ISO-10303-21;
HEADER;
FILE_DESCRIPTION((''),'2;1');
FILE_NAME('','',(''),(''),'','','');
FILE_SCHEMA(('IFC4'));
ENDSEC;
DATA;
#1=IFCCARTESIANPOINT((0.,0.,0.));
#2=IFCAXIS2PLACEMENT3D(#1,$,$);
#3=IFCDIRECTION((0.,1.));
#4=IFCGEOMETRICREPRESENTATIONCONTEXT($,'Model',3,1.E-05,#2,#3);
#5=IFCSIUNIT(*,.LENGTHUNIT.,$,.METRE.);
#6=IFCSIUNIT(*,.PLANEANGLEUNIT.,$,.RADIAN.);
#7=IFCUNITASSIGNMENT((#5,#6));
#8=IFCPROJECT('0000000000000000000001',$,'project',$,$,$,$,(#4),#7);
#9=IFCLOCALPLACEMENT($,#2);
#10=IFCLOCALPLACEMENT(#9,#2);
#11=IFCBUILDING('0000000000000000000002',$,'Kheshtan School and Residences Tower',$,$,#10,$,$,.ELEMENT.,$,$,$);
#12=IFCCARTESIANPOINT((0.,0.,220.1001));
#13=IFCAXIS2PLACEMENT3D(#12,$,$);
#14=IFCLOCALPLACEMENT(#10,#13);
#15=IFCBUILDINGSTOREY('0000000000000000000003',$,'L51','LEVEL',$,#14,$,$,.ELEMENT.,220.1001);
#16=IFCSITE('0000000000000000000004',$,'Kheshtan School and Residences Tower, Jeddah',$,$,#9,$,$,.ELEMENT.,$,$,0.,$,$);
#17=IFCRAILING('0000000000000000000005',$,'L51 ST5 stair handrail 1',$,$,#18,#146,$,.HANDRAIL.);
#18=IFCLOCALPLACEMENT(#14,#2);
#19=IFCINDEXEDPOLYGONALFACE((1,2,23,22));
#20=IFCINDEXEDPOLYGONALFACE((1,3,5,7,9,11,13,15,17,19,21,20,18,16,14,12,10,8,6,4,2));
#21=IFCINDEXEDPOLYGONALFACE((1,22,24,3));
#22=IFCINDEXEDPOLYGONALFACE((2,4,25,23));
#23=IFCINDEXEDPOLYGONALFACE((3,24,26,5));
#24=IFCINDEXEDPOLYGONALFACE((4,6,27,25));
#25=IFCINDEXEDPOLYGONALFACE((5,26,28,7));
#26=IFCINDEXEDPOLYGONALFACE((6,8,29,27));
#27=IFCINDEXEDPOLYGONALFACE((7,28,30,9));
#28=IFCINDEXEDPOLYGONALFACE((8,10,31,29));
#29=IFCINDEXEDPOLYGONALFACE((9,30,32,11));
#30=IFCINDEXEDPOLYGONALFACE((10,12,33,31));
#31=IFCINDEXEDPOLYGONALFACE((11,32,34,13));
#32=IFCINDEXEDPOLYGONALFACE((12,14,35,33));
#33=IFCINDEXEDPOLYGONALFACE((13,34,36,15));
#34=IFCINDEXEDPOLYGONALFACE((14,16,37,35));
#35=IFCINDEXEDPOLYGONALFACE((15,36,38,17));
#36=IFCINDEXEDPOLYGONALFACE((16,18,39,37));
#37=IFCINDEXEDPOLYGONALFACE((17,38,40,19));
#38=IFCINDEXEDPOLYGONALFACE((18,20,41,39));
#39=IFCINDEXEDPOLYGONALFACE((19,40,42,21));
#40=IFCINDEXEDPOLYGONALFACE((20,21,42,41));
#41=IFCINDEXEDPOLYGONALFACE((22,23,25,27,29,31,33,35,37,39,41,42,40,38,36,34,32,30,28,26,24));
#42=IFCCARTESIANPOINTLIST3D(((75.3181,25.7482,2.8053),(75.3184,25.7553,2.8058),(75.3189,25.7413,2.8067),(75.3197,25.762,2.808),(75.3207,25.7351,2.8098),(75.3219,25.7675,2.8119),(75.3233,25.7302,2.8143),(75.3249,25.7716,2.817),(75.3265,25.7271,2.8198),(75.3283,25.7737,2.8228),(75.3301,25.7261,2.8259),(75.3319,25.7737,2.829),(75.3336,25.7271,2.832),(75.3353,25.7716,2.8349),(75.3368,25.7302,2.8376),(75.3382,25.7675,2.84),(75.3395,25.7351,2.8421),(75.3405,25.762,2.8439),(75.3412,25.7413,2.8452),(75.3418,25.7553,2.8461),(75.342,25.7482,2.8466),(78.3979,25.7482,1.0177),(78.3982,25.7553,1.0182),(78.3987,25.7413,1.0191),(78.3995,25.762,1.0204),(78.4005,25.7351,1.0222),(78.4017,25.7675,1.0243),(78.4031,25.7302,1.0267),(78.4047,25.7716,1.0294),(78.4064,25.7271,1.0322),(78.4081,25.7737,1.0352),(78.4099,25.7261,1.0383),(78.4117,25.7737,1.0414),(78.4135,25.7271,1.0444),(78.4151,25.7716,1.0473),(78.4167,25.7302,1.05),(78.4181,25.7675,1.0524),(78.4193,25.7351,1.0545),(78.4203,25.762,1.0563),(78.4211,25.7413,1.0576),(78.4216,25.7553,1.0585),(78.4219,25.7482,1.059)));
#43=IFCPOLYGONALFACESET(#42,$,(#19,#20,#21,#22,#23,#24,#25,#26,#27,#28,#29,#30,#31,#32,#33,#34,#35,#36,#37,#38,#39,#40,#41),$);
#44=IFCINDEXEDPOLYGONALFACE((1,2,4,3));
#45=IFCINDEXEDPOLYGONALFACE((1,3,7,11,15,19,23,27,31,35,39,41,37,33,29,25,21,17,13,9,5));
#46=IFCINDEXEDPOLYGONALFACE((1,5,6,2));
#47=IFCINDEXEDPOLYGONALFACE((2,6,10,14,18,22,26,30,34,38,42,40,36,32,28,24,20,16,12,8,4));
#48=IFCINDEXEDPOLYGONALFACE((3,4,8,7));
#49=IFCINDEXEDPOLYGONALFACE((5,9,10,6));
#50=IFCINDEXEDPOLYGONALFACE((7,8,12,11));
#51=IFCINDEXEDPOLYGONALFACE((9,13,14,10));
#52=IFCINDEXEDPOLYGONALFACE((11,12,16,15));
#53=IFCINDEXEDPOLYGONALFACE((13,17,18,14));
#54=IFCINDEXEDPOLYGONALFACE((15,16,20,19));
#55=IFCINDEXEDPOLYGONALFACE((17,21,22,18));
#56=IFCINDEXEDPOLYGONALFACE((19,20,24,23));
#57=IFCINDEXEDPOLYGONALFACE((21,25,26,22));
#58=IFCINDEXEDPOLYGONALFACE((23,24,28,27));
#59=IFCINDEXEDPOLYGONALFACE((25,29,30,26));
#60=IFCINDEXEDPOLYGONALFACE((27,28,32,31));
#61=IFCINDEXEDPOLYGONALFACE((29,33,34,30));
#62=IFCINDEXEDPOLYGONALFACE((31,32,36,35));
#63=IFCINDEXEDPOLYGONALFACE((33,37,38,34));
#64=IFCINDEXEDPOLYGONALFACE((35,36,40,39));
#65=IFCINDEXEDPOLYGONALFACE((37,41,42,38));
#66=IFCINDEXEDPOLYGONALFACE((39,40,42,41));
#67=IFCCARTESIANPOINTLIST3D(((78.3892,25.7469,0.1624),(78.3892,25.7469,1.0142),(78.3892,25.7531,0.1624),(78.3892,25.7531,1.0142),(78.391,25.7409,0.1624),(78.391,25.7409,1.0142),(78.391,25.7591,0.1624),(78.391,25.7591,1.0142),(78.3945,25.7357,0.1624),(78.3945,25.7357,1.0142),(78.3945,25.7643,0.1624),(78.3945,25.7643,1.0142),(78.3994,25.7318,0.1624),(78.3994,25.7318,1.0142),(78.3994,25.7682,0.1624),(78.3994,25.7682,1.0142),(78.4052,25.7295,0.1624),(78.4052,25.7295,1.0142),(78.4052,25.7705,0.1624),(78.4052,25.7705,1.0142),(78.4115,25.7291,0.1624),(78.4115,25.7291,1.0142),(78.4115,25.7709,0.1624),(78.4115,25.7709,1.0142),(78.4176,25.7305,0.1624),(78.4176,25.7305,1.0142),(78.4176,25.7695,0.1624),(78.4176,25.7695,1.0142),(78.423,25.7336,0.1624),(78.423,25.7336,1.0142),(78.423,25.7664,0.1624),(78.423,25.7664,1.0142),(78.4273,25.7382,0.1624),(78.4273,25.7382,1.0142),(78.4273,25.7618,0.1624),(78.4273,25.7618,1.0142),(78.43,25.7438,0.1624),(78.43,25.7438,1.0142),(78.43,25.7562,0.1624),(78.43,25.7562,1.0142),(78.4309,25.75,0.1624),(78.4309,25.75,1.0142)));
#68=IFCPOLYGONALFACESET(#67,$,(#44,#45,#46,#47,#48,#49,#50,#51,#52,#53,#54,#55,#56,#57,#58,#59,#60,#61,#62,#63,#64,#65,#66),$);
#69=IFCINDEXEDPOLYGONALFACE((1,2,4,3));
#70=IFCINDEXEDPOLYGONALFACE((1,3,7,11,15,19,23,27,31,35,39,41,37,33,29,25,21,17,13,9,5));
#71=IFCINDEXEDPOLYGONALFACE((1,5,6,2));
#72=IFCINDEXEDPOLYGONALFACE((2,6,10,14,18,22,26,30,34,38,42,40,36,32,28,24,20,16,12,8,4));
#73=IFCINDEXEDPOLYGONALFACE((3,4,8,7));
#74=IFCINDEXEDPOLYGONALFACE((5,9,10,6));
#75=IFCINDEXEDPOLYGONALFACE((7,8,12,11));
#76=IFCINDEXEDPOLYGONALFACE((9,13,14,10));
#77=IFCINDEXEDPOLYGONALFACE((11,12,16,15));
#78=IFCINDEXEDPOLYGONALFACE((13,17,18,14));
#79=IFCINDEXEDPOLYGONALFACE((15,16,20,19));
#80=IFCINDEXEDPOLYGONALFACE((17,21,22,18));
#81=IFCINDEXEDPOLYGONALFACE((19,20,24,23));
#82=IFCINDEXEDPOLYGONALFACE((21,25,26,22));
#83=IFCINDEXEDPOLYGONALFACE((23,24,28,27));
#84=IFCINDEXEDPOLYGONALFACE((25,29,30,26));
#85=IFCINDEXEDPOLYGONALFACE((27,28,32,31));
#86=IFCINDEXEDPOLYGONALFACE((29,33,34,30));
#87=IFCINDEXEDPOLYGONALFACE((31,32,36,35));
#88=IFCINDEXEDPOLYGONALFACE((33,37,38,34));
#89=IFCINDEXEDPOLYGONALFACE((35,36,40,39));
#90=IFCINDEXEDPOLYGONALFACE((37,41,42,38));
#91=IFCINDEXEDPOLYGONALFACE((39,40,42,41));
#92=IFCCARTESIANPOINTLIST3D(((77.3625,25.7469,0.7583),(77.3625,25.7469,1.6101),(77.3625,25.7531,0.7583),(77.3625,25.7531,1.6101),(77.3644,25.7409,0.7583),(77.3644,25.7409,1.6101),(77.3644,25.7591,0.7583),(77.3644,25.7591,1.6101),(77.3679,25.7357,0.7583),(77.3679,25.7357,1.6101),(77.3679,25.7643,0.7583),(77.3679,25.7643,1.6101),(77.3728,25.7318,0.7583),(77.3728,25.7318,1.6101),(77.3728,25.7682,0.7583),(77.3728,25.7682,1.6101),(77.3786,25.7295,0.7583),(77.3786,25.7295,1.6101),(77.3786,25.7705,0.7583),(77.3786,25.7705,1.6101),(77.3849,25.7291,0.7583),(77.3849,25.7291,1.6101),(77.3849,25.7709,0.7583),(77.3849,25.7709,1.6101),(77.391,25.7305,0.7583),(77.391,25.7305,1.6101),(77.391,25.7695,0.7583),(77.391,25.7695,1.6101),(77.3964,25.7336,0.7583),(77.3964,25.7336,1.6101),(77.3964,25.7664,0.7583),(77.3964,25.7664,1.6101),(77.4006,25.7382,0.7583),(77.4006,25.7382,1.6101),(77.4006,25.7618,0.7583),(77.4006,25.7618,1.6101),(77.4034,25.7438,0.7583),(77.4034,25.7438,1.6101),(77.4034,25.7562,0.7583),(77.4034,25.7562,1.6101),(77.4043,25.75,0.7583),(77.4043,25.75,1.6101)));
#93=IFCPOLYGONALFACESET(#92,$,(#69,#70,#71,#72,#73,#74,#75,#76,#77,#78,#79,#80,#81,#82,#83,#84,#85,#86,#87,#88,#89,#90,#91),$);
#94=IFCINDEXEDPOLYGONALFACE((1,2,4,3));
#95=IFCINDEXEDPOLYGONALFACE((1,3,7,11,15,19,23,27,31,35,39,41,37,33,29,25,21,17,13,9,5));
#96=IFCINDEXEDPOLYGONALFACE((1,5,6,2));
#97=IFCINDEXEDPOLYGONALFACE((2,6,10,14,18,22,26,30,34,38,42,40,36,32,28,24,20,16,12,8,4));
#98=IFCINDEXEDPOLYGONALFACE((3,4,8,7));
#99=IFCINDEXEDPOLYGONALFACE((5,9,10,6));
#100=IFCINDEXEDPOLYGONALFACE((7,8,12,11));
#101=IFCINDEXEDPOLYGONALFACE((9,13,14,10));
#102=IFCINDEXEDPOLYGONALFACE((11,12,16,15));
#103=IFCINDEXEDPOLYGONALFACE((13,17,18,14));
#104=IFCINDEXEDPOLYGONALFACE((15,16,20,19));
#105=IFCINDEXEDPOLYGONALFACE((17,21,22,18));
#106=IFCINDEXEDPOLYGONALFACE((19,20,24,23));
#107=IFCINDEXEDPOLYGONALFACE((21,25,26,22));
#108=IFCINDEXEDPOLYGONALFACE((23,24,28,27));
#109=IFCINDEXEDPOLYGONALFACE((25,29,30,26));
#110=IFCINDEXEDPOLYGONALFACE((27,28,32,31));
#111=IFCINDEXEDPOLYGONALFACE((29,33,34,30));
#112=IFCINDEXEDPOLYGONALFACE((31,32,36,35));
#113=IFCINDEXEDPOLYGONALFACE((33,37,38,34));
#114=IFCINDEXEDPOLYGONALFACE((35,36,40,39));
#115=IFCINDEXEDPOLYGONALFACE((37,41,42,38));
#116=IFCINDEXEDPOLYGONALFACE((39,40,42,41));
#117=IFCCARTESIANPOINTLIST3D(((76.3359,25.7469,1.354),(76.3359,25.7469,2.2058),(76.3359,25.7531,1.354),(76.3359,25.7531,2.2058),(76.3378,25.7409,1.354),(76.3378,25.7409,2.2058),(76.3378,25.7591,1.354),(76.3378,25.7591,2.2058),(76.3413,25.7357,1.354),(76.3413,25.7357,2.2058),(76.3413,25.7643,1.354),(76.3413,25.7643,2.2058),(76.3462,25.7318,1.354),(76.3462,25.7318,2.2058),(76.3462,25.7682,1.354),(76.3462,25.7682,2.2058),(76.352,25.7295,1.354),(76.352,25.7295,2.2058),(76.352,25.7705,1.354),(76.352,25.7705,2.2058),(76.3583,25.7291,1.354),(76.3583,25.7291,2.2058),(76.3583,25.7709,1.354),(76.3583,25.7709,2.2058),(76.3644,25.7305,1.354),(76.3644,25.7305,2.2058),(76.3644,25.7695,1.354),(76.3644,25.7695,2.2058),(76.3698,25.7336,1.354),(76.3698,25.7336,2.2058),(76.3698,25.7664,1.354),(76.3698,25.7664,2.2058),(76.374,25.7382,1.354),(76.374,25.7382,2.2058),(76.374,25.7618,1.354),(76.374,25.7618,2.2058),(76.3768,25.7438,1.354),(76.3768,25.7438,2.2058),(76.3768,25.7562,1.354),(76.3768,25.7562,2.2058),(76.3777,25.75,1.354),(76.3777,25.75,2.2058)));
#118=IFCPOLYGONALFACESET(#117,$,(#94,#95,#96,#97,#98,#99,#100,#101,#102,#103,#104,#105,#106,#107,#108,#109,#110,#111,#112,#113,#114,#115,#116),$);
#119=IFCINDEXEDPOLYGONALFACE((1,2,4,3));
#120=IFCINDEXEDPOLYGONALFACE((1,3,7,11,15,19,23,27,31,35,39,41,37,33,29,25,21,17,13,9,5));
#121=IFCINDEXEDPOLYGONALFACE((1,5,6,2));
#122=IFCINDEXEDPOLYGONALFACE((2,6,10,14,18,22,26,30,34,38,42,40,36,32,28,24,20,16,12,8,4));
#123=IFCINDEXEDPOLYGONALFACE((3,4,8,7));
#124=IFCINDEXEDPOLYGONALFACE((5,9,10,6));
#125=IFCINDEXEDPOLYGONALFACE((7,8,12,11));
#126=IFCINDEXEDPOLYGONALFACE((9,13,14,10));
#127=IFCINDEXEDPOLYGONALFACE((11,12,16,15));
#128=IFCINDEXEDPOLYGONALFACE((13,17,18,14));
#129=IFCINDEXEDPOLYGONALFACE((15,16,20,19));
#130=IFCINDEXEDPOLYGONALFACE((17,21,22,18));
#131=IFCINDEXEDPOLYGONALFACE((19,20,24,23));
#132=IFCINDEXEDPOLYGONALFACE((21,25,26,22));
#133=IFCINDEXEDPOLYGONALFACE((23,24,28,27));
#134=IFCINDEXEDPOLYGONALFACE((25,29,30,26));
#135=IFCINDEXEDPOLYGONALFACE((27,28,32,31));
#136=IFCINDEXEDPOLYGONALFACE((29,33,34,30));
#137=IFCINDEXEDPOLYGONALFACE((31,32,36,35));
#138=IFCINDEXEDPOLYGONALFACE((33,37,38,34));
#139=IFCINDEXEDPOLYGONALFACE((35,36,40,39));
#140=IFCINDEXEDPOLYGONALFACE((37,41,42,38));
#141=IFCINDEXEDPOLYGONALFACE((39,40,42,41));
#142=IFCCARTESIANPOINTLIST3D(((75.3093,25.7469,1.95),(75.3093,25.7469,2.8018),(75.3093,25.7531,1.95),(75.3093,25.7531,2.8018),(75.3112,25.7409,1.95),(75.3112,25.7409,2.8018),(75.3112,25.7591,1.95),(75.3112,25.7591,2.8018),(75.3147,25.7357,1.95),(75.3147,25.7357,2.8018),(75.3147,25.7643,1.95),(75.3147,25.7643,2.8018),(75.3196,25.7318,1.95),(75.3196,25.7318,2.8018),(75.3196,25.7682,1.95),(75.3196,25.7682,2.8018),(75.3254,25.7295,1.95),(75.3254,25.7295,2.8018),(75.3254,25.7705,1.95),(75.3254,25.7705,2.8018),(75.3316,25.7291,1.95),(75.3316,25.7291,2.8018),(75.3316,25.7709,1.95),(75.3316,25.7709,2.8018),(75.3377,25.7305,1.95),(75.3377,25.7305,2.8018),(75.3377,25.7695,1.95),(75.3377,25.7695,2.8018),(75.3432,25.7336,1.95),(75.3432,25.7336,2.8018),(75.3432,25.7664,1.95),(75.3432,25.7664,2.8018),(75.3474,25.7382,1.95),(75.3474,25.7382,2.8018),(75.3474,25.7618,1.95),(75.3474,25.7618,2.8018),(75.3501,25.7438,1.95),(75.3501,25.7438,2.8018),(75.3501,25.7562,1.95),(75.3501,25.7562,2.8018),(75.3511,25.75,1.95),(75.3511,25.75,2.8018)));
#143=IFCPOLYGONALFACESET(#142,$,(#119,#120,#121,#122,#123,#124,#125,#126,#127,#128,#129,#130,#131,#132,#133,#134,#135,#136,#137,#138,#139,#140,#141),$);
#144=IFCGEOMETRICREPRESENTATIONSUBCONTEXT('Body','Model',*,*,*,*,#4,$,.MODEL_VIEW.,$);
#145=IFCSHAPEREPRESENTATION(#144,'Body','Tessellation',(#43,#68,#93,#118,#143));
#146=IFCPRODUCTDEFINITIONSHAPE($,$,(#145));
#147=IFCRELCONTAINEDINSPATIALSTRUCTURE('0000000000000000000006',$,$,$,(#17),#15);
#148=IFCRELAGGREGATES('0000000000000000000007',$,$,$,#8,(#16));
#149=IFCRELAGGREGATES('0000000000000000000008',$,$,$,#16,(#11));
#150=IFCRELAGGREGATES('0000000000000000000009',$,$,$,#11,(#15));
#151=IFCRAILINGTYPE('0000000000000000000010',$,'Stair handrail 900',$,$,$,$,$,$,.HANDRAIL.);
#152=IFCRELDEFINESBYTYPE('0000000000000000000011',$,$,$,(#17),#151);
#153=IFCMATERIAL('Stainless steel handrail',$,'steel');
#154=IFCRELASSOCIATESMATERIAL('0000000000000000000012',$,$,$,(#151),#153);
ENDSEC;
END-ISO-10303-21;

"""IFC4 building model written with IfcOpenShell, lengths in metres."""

from ifc_helpers import new_model, si_unit, direction, frame, origin, origin_2d, place, context, subcontext, project, spatial, circle, extrude, material, type_object, element, save


model = new_model("IFC4")

# Units and contexts
model_context = context("Model", 3, precision=1e-05, world=origin(), true_north=direction((0.0, 1.0)))
body_context = subcontext(model_context, "Body", "Model", "MODEL_VIEW")
ifc_project = project(units=[si_unit("LENGTHUNIT", "METRE"), si_unit("PLANEANGLEUNIT", "RADIAN")], contexts=[model_context])

# Site, building, storey
site_placement = place(None, origin())
site = spatial("IfcSite", under=ifc_project, at=site_placement, Name="Kheshtan School and Residences Tower, Jeddah", CompositionType="ELEMENT", RefElevation=0.0)
building_placement = place(site_placement, origin())
building = spatial("IfcBuilding", under=site, at=building_placement, Name="Kheshtan School and Residences Tower", CompositionType="ELEMENT")
storey_placement = place(building_placement, frame((0.0, 0.0, 220.1001)))
storey = spatial("IfcBuildingStorey", under=building, at=storey_placement, Name="L51", Description="LEVEL", CompositionType="ELEMENT", Elevation=220.1001)

# Railing
ifc_material_1 = material(Name="Stainless steel handrail", Category="steel")
railing_type_1 = type_object("IfcRailingType", Name="Stair handrail 900", PredefinedType="HANDRAIL", material=ifc_material_1)
railing_1_placement = place(storey_placement, frame((78.4099, 25.75, 0.1624)))
element("IfcRailing", 1, at=railing_1_placement, inside=storey, type_object=railing_type_1, Name="L51 ST5 stair handrail 1", PredefinedType="HANDRAIL", context=body_context, shape_type="SweptSolid", body=[
    extrude(circle(Radius=0.0239, at=origin_2d()), frame((0.0, 0.0, 0.876), z_axis=(-0.864873, 0.0, 0.50199), x_axis=(0.0, -1.0, 0.0)), (0.0, 0.0, 1.0), 3.561),
    extrude(circle(Radius=0.021, at=origin_2d()), origin(), (0.0, 0.0, 1.0), 0.8518),
    extrude(circle(Radius=0.021, at=origin_2d()), frame((-1.0266, 0.0, 0.5959)), (0.0, 0.0, 1.0), 0.8518),
    extrude(circle(Radius=0.021, at=origin_2d()), frame((-2.0532, 0.0, 1.1917)), (0.0, 0.0, 1.0), 0.8518),
    extrude(circle(Radius=0.021, at=origin_2d()), frame((-3.0798, 0.0, 1.7876)), (0.0, 0.0, 1.0), 0.8518),
])

save(model, "model.ifc")
